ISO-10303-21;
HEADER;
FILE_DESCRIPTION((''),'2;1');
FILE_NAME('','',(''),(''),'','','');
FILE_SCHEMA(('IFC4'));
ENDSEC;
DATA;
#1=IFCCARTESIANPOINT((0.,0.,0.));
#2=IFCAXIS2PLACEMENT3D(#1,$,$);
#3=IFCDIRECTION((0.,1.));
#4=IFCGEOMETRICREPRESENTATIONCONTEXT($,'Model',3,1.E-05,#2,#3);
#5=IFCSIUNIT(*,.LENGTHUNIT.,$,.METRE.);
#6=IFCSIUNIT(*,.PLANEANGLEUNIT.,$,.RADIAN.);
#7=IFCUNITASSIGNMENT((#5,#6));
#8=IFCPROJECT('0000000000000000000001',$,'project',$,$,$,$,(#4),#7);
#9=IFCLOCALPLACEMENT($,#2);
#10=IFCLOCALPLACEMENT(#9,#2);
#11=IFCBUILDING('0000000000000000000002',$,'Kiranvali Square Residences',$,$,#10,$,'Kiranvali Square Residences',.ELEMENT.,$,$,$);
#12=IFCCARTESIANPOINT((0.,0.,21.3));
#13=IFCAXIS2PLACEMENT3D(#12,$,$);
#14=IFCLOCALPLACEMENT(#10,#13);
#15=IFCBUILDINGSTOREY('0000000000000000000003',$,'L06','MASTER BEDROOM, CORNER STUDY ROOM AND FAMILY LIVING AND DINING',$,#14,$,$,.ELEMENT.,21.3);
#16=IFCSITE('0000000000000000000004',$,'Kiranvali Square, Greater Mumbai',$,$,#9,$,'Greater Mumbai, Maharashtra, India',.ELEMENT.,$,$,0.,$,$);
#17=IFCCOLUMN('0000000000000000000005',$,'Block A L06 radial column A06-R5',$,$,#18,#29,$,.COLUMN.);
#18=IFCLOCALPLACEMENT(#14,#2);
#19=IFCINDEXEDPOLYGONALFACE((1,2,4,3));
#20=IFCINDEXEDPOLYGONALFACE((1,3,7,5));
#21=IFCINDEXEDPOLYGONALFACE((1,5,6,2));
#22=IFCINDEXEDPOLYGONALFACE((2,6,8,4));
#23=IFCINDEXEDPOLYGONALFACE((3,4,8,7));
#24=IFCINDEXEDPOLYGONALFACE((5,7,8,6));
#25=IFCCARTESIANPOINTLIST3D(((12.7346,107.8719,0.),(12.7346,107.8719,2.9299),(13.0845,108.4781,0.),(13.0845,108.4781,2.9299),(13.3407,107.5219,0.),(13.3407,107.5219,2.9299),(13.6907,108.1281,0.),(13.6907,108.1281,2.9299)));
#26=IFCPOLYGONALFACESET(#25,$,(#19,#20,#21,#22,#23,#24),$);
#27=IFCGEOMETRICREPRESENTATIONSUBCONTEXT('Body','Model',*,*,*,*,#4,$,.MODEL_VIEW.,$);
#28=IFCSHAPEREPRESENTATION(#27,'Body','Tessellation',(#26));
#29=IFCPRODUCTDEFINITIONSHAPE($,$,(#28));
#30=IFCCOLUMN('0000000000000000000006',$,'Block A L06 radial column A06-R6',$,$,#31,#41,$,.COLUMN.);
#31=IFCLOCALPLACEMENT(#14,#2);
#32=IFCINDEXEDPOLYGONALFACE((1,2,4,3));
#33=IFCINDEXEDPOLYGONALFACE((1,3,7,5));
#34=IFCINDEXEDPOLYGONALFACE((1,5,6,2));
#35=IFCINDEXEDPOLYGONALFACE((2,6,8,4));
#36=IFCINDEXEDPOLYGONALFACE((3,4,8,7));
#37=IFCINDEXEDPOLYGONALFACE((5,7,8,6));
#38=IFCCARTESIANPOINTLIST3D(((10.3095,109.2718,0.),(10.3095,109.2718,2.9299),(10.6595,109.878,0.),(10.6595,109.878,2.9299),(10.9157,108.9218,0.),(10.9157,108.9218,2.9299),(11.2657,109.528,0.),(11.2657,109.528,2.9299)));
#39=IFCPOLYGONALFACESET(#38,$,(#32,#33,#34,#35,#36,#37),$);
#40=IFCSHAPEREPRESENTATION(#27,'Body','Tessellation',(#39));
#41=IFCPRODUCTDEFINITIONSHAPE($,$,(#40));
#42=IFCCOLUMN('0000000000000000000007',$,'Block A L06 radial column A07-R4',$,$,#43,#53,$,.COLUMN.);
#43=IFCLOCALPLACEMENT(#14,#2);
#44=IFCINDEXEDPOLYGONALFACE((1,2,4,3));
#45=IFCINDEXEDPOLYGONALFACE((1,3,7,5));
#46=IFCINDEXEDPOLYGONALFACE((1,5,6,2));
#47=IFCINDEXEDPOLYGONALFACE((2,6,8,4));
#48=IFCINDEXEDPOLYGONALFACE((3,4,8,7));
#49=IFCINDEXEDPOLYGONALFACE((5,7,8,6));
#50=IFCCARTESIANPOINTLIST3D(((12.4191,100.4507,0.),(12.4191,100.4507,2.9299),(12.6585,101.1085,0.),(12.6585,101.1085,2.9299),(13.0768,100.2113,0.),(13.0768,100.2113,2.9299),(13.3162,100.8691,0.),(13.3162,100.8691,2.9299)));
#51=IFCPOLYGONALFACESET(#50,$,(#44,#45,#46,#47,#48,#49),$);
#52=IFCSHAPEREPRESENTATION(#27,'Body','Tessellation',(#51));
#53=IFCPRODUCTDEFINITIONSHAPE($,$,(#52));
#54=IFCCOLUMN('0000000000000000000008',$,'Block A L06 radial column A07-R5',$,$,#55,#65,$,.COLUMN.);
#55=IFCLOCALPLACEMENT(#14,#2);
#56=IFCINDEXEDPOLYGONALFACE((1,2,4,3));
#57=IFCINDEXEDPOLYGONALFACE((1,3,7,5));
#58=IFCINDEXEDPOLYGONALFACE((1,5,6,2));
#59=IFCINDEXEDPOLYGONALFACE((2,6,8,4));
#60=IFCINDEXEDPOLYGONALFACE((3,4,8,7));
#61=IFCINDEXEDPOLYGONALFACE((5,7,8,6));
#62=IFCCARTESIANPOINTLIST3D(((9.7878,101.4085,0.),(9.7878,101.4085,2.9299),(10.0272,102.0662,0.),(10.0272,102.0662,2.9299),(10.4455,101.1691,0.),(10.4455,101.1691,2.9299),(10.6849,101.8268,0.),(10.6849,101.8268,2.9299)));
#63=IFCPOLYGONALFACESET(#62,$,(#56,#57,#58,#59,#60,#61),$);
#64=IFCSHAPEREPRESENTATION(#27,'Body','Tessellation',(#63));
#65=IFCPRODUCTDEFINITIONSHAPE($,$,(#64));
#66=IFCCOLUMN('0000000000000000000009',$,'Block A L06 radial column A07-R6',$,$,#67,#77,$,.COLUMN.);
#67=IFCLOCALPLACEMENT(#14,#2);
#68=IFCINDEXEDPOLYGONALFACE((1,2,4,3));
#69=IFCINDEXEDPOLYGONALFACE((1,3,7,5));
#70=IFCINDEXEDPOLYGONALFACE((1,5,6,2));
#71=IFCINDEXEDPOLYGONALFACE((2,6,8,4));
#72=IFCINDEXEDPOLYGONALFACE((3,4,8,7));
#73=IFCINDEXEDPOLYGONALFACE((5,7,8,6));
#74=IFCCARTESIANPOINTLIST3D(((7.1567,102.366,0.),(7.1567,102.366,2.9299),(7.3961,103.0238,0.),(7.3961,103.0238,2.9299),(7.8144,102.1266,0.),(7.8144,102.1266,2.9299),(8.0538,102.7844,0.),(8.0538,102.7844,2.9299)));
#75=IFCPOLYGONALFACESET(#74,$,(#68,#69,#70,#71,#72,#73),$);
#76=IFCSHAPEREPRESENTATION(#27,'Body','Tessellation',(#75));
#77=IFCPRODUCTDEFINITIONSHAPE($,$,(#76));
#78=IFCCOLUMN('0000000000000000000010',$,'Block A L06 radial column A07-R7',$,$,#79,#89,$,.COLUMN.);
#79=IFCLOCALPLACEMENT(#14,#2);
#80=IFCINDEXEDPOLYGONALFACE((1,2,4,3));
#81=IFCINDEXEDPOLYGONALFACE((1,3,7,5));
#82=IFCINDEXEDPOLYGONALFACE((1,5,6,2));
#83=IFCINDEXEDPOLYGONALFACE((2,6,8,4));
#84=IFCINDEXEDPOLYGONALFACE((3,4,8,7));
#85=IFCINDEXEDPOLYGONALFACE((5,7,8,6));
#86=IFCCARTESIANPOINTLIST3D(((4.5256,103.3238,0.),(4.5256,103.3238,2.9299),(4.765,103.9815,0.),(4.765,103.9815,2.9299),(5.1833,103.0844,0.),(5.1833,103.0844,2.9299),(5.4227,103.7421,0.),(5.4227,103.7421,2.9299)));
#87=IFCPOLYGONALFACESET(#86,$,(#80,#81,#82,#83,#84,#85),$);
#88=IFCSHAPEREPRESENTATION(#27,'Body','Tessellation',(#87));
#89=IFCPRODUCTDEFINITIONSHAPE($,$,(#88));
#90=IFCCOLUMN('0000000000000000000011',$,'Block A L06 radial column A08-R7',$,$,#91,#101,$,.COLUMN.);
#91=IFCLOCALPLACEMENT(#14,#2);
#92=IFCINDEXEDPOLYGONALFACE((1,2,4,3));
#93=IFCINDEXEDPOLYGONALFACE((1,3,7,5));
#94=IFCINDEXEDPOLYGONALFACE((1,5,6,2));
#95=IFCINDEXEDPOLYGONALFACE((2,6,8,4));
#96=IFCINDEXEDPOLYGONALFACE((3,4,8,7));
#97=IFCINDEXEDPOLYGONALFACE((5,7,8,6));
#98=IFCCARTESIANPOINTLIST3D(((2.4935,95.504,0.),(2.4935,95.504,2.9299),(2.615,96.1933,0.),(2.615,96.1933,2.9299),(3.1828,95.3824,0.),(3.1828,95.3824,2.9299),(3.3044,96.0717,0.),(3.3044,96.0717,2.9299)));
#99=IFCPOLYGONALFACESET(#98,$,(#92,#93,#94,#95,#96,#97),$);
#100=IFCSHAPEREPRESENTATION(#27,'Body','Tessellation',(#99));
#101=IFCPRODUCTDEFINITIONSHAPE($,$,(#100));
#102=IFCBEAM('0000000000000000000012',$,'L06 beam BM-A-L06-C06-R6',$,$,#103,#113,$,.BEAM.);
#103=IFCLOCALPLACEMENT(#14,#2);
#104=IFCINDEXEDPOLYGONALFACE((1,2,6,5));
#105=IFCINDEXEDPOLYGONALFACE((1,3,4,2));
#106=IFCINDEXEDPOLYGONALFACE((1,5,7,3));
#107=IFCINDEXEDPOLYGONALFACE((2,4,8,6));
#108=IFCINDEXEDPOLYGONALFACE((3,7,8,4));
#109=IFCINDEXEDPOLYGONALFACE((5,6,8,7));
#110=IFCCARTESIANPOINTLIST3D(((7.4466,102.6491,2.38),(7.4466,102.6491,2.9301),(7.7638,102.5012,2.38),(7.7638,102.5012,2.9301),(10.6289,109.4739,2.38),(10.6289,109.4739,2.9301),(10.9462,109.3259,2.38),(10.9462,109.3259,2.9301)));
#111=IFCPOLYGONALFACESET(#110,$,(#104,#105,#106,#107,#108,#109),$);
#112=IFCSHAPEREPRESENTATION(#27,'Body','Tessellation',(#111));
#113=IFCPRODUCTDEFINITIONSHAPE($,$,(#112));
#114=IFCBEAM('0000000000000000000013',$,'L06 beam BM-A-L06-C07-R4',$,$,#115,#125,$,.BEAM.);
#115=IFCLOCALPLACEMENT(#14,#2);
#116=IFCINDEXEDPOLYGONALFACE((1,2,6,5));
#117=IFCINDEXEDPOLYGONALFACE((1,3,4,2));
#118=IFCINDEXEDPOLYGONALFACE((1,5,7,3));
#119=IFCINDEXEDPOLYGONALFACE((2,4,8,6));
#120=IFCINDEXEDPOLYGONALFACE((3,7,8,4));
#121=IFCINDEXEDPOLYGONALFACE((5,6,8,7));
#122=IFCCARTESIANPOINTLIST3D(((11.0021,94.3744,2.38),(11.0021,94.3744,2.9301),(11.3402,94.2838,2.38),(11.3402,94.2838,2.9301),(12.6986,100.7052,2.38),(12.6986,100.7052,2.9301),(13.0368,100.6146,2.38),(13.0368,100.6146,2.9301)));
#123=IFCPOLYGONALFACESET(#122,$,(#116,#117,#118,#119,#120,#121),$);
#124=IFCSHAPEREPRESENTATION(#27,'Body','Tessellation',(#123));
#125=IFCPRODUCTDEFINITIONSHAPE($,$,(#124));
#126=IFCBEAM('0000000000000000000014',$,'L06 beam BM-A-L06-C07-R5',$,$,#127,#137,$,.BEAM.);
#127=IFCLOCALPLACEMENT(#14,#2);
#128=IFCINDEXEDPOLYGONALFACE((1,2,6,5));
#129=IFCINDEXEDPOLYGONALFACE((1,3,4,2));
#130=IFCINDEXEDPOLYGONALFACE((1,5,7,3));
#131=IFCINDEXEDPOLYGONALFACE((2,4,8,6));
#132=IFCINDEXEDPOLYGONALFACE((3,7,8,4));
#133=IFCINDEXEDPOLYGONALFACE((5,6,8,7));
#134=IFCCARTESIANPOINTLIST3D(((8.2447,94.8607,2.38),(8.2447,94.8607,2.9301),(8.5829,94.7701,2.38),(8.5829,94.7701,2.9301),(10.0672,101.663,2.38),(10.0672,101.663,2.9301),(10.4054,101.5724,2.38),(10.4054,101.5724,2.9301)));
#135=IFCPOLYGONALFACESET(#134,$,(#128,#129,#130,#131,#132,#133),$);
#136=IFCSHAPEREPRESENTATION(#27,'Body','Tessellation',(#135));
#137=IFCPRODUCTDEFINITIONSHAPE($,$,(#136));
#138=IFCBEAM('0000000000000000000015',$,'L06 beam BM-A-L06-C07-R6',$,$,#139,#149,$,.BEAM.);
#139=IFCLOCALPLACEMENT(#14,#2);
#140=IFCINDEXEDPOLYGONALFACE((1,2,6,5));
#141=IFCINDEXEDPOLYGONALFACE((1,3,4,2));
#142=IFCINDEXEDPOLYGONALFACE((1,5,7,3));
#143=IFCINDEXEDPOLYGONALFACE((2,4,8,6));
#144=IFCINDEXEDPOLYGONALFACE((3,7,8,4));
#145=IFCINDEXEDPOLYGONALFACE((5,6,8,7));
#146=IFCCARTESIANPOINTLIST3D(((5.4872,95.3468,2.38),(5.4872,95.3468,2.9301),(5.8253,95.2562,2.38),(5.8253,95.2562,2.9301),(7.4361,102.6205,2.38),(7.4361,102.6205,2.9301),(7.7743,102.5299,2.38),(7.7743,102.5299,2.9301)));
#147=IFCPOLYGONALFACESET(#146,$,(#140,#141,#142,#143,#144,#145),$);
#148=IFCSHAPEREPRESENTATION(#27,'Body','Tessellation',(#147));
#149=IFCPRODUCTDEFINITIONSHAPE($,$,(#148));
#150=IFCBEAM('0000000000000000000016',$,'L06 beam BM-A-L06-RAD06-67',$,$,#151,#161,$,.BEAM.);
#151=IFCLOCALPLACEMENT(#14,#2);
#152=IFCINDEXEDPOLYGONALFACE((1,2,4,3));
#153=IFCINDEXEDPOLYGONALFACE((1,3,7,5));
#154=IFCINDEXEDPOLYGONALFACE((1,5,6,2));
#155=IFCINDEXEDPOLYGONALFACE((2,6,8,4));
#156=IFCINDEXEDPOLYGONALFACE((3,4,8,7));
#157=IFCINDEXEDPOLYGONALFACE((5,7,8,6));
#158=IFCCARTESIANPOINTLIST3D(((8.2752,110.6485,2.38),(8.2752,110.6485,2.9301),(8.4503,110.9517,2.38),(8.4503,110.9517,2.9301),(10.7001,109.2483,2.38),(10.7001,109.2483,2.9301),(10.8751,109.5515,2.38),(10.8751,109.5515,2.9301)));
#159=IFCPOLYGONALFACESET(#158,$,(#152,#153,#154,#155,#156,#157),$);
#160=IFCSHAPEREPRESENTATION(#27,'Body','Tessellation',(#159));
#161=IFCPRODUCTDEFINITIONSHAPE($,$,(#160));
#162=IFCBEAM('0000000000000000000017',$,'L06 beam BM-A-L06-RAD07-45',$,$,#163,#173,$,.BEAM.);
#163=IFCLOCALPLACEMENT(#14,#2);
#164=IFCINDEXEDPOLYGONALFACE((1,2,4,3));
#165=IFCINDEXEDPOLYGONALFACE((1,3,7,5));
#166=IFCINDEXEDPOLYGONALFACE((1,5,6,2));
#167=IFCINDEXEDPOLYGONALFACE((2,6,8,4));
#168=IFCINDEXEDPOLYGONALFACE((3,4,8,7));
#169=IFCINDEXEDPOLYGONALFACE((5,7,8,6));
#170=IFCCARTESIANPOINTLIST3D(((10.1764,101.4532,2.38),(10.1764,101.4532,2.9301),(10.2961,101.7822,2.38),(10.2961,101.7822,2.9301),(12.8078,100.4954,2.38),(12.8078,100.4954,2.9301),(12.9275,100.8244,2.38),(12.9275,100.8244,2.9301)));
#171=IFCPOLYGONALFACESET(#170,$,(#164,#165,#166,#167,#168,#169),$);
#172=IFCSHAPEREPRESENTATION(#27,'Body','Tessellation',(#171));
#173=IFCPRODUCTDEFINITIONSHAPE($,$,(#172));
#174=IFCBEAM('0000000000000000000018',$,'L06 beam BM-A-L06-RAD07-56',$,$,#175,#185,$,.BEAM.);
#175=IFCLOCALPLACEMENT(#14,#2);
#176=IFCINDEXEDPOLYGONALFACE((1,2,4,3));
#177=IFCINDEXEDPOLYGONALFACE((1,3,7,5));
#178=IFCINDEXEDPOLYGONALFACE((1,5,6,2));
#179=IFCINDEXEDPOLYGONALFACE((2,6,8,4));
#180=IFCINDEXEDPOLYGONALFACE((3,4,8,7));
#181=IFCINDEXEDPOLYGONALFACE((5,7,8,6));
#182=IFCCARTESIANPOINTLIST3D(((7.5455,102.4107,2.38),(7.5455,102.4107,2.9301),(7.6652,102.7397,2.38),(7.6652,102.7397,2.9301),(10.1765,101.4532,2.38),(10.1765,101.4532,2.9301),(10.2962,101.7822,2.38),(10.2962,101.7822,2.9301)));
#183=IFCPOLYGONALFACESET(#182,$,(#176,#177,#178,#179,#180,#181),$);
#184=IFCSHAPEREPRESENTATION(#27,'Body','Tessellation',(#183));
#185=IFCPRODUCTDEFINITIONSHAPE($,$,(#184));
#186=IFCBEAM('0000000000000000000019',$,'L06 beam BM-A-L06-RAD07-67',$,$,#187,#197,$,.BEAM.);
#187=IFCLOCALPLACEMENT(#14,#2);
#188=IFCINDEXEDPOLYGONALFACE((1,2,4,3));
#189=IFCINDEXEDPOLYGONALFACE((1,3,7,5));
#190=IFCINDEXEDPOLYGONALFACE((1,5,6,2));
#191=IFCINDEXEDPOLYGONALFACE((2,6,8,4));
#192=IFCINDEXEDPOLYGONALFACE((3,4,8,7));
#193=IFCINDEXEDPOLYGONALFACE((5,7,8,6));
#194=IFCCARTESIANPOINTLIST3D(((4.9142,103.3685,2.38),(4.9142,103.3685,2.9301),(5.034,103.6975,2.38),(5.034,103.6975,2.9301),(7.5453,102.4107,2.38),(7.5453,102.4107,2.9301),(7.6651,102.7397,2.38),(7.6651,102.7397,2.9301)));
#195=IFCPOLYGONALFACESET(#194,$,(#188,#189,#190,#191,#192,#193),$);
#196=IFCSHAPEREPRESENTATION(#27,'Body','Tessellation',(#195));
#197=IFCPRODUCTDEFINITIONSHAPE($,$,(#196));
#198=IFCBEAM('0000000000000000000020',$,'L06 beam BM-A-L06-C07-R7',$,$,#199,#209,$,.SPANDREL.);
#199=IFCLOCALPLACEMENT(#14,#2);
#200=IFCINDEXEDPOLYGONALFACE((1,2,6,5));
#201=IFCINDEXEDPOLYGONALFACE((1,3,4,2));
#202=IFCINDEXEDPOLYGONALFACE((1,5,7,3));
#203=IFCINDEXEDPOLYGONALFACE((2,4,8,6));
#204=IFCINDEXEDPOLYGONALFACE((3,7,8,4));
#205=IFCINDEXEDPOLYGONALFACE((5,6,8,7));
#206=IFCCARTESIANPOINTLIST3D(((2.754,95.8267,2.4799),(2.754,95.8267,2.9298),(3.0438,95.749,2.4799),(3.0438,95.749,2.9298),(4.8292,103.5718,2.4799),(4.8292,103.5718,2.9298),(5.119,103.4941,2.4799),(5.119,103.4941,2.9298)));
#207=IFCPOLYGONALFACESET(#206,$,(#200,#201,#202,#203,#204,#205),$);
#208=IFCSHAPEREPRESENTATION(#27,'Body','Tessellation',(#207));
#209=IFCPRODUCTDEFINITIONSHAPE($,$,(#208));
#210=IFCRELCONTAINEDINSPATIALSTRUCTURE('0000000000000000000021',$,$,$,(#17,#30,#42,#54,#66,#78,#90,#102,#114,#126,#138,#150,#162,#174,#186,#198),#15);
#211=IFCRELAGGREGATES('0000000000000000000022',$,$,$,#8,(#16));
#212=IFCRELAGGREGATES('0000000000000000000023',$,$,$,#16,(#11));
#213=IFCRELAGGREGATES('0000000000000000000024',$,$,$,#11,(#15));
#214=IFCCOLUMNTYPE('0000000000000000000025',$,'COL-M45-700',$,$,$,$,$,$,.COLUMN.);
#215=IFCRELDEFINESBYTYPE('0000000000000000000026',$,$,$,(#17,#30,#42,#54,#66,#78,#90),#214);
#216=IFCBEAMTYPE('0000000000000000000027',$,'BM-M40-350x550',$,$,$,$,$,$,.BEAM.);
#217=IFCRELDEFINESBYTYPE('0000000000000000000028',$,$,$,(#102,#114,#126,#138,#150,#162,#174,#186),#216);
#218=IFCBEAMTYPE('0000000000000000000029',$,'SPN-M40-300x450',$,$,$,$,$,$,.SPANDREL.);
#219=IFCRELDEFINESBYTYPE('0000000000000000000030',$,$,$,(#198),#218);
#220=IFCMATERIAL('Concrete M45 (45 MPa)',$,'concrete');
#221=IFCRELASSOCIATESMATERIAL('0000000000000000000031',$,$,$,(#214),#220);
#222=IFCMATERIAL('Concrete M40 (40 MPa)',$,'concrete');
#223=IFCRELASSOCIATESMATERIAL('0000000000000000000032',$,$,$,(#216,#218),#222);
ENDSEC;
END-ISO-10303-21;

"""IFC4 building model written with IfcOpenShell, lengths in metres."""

from ifc_helpers import new_model, si_unit, direction, frame, origin, origin_2d, place, context, subcontext, project, spatial, rectangle, extrude, material, material_profile, profile_set, type_object, element, save


model = new_model("IFC4")

# Units and contexts
model_context = context("Model", 3, precision=1e-05, world=origin(), true_north=direction((0.0, 1.0)))
body_context = subcontext(model_context, "Body", "Model", "MODEL_VIEW")
ifc_project = project(units=[si_unit("LENGTHUNIT", "METRE"), si_unit("PLANEANGLEUNIT", "RADIAN")], contexts=[model_context])

# Site, building, storey
site_placement = place(None, origin())
site = spatial("IfcSite", under=ifc_project, at=site_placement, Name="Kiranvali Square, Greater Mumbai", LongName="Greater Mumbai, Maharashtra, India", CompositionType="ELEMENT", RefElevation=0.0)
building_placement = place(site_placement, origin())
building = spatial("IfcBuilding", under=site, at=building_placement, Name="Kiranvali Square Residences", LongName="Kiranvali Square Residences", CompositionType="ELEMENT")
storey_placement = place(building_placement, frame((0.0, 0.0, 21.3)))
storey = spatial("IfcBuildingStorey", under=building, at=storey_placement, Name="L06", Description="MASTER BEDROOM, CORNER STUDY ROOM AND FAMILY LIVING AND DINING", CompositionType="ELEMENT", Elevation=21.3)

# Columns
ifc_material_1 = material(Name="Concrete M45 (45 MPa)", Category="concrete")
ifc_material_profile_1 = material_profile(ifc_material_1, rectangle(XDim=0.7, YDim=0.7, at=origin_2d()), Name="RC 700x700")
ifc_profile_set_1 = profile_set([ifc_material_profile_1], Name="Concrete M45 (45 MPa)")
column_type = type_object("IfcColumnType", Name="COL-M45-700", PredefinedType="COLUMN", material=ifc_profile_set_1)
for number, where, z_axis, x_axis, name in (
    (1, (13.2126, 108.0, 0.0), (0.0, 0.0, 1.0), (0.5, 0.866025, 0.0), "Block A L06 radial column A06-R5"),
    (2, (10.7876, 109.3999, 0.0), (0.0, 0.0, 1.0), (0.5, 0.866025, 0.0), "Block A L06 radial column A06-R6"),
    (3, (12.8677, 100.6599, 0.0), (0.0, 0.0, 1.0), (0.34202, 0.939693, 0.0), "Block A L06 radial column A07-R4"),
    (4, (10.2363, 101.6177, 0.0), (0.0, 0.0, 1.0), (0.34202, 0.939693, 0.0), "Block A L06 radial column A07-R5"),
    (5, (7.6052, 102.5752, 0.0), (0.0, 0.0, 1.0), (0.34202, 0.939693, 0.0), "Block A L06 radial column A07-R6"),
    (6, (4.9741, 103.533, 0.0), (0.0, 0.0, 1.0), (0.34202, 0.939693, 0.0), "Block A L06 radial column A07-R7"),
    (7, (2.8989, 95.7878, 0.0), (0.0, 0.0, 1.0), (0.173648, 0.984808, 0.0), "Block A L06 radial column A08-R7"),
):
    element("IfcColumn", number, at=place(storey_placement, frame(where, z_axis=z_axis, x_axis=x_axis)), inside=storey, type_object=column_type, Name=name, PredefinedType="COLUMN", context=body_context, shape_type="SweptSolid", body=[
        extrude(rectangle(XDim=0.7, YDim=0.7, at=origin_2d()), origin(), (0.0, 0.0, 1.0), 2.9299),
    ])

# Beams
ifc_material_2 = material(Name="Concrete M40 (40 MPa)", Category="concrete")
ifc_material_profile_2 = material_profile(ifc_material_2, rectangle(XDim=0.3501, YDim=0.55, at=origin_2d()), Name="RC 350x550")
ifc_profile_set_2 = profile_set([ifc_material_profile_2], Name="Concrete M40 (40 MPa)")
beam_type_1 = type_object("IfcBeamType", Name="BM-M40-350x550", PredefinedType="BEAM", material=ifc_profile_set_2)
beam_1_placement = place(storey_placement, frame((10.7876, 109.3999, 2.655), z_axis=(-0.422614, -0.90631, 0.0), x_axis=(0.90631, -0.422614, 0.0)))
element("IfcBeam", 8, at=beam_1_placement, inside=storey, type_object=beam_type_1, Name="L06 beam BM-A-L06-C06-R6", PredefinedType="BEAM", context=body_context, shape_type="SweptSolid", body=[
    extrude(rectangle(XDim=0.3501, YDim=0.55, at=origin_2d()), origin(), (0.0, 0.0, 1.0), 7.5303),
])
beam_2_placement = place(storey_placement, frame((12.8677, 100.6599, 2.655), z_axis=(-0.258847, -0.965918, 0.0), x_axis=(0.965918, -0.258847, 0.0)))
element("IfcBeam", 9, at=beam_2_placement, inside=storey, type_object=beam_type_1, Name="L06 beam BM-A-L06-C07-R4", PredefinedType="BEAM", context=body_context, shape_type="SweptSolid", body=[
    extrude(rectangle(XDim=0.3501, YDim=0.55, at=origin_2d()), origin(), (0.0, 0.0, 1.0), 6.5542),
])
beam_3_placement = place(storey_placement, frame((10.2363, 101.6177, 2.655), z_axis=(-0.2588, -0.965931, 0.0), x_axis=(0.965931, -0.2588, 0.0)))
element("IfcBeam", 10, at=beam_3_placement, inside=storey, type_object=beam_type_1, Name="L06 beam BM-A-L06-C07-R5", PredefinedType="BEAM", context=body_context, shape_type="SweptSolid", body=[
    extrude(rectangle(XDim=0.3501, YDim=0.55, at=origin_2d()), origin(), (0.0, 0.0, 1.0), 7.0422),
])
beam_4_placement = place(storey_placement, frame((7.6052, 102.5752, 2.655), z_axis=(-0.258819, -0.965926, 0.0), x_axis=(0.965926, -0.258819, 0.0)))
element("IfcBeam", 11, at=beam_4_placement, inside=storey, type_object=beam_type_1, Name="L06 beam BM-A-L06-C07-R6", PredefinedType="BEAM", context=body_context, shape_type="SweptSolid", body=[
    extrude(rectangle(XDim=0.3501, YDim=0.55, at=origin_2d()), origin(), (0.0, 0.0, 1.0), 7.5303),
])
beam_5_placement = place(storey_placement, frame((10.7876, 109.3999, 2.655), z_axis=(-0.865997, 0.50005, 0.0), x_axis=(-0.50005, -0.865997, 0.0)))
element("IfcBeam", 12, at=beam_5_placement, inside=storey, type_object=beam_type_1, Name="L06 beam BM-A-L06-RAD06-67", PredefinedType="BEAM", context=body_context, shape_type="SweptSolid", body=[
    extrude(rectangle(XDim=0.3501, YDim=0.55, at=origin_2d()), origin(), (0.0, 0.0, 1.0), 2.8),
])
beam_6_placement = place(storey_placement, frame((12.8677, 100.6599, 2.655), z_axis=(-0.939689, 0.34203, 0.0), x_axis=(-0.34203, -0.939689, 0.0)))
element("IfcBeam", 13, at=beam_6_placement, inside=storey, type_object=beam_type_1, Name="L06 beam BM-A-L06-RAD07-45", PredefinedType="BEAM", context=body_context, shape_type="SweptSolid", body=[
    extrude(rectangle(XDim=0.3501, YDim=0.55, at=origin_2d()), origin(), (0.0, 0.0, 1.0), 2.8003),
])
beam_7_placement = place(storey_placement, frame((10.2363, 101.6177, 2.655), z_axis=(-0.939707, 0.341981, 0.0), x_axis=(-0.341981, -0.939707, 0.0)))
element("IfcBeam", 14, at=beam_7_placement, inside=storey, type_object=beam_type_1, Name="L06 beam BM-A-L06-RAD07-56", PredefinedType="BEAM", context=body_context, shape_type="SweptSolid", body=[
    extrude(rectangle(XDim=0.3501, YDim=0.55, at=origin_2d()), origin(), (0.0, 0.0, 1.0), 2.7998),
])
beam_8_placement = place(storey_placement, frame((7.6052, 102.5752, 2.655), z_axis=(-0.939679, 0.342058, 0.0), x_axis=(-0.342058, -0.939679, 0.0)))
element("IfcBeam", 15, at=beam_8_placement, inside=storey, type_object=beam_type_1, Name="L06 beam BM-A-L06-RAD07-67", PredefinedType="BEAM", context=body_context, shape_type="SweptSolid", body=[
    extrude(rectangle(XDim=0.3501, YDim=0.55, at=origin_2d()), origin(), (0.0, 0.0, 1.0), 2.8),
])
ifc_material_profile_3 = material_profile(ifc_material_2, rectangle(XDim=0.3, YDim=0.45, at=origin_2d()), Name="RC 300x450")
ifc_profile_set_3 = profile_set([ifc_material_profile_3], Name="Concrete M40 (40 MPa)")
beam_type_2 = type_object("IfcBeamType", Name="SPN-M40-300x450", PredefinedType="SPANDREL", material=ifc_profile_set_3)
for number, where, z_axis, x_axis, name in (
    (16, (4.9741, 103.533, 2.7048), (-0.258807, -0.965929, 0.0), (0.965929, -0.258807, 0.0), "L06 beam BM-A-L06-C07-R7"),
):
    element("IfcBeam", number, at=place(storey_placement, frame(where, z_axis=z_axis, x_axis=x_axis)), inside=storey, type_object=beam_type_2, Name=name, PredefinedType="SPANDREL", context=body_context, shape_type="SweptSolid", body=[
        extrude(rectangle(XDim=0.3, YDim=0.45, at=origin_2d()), origin(), (0.0, 0.0, 1.0), 8.0183),
    ])

save(model, "model.ifc")
